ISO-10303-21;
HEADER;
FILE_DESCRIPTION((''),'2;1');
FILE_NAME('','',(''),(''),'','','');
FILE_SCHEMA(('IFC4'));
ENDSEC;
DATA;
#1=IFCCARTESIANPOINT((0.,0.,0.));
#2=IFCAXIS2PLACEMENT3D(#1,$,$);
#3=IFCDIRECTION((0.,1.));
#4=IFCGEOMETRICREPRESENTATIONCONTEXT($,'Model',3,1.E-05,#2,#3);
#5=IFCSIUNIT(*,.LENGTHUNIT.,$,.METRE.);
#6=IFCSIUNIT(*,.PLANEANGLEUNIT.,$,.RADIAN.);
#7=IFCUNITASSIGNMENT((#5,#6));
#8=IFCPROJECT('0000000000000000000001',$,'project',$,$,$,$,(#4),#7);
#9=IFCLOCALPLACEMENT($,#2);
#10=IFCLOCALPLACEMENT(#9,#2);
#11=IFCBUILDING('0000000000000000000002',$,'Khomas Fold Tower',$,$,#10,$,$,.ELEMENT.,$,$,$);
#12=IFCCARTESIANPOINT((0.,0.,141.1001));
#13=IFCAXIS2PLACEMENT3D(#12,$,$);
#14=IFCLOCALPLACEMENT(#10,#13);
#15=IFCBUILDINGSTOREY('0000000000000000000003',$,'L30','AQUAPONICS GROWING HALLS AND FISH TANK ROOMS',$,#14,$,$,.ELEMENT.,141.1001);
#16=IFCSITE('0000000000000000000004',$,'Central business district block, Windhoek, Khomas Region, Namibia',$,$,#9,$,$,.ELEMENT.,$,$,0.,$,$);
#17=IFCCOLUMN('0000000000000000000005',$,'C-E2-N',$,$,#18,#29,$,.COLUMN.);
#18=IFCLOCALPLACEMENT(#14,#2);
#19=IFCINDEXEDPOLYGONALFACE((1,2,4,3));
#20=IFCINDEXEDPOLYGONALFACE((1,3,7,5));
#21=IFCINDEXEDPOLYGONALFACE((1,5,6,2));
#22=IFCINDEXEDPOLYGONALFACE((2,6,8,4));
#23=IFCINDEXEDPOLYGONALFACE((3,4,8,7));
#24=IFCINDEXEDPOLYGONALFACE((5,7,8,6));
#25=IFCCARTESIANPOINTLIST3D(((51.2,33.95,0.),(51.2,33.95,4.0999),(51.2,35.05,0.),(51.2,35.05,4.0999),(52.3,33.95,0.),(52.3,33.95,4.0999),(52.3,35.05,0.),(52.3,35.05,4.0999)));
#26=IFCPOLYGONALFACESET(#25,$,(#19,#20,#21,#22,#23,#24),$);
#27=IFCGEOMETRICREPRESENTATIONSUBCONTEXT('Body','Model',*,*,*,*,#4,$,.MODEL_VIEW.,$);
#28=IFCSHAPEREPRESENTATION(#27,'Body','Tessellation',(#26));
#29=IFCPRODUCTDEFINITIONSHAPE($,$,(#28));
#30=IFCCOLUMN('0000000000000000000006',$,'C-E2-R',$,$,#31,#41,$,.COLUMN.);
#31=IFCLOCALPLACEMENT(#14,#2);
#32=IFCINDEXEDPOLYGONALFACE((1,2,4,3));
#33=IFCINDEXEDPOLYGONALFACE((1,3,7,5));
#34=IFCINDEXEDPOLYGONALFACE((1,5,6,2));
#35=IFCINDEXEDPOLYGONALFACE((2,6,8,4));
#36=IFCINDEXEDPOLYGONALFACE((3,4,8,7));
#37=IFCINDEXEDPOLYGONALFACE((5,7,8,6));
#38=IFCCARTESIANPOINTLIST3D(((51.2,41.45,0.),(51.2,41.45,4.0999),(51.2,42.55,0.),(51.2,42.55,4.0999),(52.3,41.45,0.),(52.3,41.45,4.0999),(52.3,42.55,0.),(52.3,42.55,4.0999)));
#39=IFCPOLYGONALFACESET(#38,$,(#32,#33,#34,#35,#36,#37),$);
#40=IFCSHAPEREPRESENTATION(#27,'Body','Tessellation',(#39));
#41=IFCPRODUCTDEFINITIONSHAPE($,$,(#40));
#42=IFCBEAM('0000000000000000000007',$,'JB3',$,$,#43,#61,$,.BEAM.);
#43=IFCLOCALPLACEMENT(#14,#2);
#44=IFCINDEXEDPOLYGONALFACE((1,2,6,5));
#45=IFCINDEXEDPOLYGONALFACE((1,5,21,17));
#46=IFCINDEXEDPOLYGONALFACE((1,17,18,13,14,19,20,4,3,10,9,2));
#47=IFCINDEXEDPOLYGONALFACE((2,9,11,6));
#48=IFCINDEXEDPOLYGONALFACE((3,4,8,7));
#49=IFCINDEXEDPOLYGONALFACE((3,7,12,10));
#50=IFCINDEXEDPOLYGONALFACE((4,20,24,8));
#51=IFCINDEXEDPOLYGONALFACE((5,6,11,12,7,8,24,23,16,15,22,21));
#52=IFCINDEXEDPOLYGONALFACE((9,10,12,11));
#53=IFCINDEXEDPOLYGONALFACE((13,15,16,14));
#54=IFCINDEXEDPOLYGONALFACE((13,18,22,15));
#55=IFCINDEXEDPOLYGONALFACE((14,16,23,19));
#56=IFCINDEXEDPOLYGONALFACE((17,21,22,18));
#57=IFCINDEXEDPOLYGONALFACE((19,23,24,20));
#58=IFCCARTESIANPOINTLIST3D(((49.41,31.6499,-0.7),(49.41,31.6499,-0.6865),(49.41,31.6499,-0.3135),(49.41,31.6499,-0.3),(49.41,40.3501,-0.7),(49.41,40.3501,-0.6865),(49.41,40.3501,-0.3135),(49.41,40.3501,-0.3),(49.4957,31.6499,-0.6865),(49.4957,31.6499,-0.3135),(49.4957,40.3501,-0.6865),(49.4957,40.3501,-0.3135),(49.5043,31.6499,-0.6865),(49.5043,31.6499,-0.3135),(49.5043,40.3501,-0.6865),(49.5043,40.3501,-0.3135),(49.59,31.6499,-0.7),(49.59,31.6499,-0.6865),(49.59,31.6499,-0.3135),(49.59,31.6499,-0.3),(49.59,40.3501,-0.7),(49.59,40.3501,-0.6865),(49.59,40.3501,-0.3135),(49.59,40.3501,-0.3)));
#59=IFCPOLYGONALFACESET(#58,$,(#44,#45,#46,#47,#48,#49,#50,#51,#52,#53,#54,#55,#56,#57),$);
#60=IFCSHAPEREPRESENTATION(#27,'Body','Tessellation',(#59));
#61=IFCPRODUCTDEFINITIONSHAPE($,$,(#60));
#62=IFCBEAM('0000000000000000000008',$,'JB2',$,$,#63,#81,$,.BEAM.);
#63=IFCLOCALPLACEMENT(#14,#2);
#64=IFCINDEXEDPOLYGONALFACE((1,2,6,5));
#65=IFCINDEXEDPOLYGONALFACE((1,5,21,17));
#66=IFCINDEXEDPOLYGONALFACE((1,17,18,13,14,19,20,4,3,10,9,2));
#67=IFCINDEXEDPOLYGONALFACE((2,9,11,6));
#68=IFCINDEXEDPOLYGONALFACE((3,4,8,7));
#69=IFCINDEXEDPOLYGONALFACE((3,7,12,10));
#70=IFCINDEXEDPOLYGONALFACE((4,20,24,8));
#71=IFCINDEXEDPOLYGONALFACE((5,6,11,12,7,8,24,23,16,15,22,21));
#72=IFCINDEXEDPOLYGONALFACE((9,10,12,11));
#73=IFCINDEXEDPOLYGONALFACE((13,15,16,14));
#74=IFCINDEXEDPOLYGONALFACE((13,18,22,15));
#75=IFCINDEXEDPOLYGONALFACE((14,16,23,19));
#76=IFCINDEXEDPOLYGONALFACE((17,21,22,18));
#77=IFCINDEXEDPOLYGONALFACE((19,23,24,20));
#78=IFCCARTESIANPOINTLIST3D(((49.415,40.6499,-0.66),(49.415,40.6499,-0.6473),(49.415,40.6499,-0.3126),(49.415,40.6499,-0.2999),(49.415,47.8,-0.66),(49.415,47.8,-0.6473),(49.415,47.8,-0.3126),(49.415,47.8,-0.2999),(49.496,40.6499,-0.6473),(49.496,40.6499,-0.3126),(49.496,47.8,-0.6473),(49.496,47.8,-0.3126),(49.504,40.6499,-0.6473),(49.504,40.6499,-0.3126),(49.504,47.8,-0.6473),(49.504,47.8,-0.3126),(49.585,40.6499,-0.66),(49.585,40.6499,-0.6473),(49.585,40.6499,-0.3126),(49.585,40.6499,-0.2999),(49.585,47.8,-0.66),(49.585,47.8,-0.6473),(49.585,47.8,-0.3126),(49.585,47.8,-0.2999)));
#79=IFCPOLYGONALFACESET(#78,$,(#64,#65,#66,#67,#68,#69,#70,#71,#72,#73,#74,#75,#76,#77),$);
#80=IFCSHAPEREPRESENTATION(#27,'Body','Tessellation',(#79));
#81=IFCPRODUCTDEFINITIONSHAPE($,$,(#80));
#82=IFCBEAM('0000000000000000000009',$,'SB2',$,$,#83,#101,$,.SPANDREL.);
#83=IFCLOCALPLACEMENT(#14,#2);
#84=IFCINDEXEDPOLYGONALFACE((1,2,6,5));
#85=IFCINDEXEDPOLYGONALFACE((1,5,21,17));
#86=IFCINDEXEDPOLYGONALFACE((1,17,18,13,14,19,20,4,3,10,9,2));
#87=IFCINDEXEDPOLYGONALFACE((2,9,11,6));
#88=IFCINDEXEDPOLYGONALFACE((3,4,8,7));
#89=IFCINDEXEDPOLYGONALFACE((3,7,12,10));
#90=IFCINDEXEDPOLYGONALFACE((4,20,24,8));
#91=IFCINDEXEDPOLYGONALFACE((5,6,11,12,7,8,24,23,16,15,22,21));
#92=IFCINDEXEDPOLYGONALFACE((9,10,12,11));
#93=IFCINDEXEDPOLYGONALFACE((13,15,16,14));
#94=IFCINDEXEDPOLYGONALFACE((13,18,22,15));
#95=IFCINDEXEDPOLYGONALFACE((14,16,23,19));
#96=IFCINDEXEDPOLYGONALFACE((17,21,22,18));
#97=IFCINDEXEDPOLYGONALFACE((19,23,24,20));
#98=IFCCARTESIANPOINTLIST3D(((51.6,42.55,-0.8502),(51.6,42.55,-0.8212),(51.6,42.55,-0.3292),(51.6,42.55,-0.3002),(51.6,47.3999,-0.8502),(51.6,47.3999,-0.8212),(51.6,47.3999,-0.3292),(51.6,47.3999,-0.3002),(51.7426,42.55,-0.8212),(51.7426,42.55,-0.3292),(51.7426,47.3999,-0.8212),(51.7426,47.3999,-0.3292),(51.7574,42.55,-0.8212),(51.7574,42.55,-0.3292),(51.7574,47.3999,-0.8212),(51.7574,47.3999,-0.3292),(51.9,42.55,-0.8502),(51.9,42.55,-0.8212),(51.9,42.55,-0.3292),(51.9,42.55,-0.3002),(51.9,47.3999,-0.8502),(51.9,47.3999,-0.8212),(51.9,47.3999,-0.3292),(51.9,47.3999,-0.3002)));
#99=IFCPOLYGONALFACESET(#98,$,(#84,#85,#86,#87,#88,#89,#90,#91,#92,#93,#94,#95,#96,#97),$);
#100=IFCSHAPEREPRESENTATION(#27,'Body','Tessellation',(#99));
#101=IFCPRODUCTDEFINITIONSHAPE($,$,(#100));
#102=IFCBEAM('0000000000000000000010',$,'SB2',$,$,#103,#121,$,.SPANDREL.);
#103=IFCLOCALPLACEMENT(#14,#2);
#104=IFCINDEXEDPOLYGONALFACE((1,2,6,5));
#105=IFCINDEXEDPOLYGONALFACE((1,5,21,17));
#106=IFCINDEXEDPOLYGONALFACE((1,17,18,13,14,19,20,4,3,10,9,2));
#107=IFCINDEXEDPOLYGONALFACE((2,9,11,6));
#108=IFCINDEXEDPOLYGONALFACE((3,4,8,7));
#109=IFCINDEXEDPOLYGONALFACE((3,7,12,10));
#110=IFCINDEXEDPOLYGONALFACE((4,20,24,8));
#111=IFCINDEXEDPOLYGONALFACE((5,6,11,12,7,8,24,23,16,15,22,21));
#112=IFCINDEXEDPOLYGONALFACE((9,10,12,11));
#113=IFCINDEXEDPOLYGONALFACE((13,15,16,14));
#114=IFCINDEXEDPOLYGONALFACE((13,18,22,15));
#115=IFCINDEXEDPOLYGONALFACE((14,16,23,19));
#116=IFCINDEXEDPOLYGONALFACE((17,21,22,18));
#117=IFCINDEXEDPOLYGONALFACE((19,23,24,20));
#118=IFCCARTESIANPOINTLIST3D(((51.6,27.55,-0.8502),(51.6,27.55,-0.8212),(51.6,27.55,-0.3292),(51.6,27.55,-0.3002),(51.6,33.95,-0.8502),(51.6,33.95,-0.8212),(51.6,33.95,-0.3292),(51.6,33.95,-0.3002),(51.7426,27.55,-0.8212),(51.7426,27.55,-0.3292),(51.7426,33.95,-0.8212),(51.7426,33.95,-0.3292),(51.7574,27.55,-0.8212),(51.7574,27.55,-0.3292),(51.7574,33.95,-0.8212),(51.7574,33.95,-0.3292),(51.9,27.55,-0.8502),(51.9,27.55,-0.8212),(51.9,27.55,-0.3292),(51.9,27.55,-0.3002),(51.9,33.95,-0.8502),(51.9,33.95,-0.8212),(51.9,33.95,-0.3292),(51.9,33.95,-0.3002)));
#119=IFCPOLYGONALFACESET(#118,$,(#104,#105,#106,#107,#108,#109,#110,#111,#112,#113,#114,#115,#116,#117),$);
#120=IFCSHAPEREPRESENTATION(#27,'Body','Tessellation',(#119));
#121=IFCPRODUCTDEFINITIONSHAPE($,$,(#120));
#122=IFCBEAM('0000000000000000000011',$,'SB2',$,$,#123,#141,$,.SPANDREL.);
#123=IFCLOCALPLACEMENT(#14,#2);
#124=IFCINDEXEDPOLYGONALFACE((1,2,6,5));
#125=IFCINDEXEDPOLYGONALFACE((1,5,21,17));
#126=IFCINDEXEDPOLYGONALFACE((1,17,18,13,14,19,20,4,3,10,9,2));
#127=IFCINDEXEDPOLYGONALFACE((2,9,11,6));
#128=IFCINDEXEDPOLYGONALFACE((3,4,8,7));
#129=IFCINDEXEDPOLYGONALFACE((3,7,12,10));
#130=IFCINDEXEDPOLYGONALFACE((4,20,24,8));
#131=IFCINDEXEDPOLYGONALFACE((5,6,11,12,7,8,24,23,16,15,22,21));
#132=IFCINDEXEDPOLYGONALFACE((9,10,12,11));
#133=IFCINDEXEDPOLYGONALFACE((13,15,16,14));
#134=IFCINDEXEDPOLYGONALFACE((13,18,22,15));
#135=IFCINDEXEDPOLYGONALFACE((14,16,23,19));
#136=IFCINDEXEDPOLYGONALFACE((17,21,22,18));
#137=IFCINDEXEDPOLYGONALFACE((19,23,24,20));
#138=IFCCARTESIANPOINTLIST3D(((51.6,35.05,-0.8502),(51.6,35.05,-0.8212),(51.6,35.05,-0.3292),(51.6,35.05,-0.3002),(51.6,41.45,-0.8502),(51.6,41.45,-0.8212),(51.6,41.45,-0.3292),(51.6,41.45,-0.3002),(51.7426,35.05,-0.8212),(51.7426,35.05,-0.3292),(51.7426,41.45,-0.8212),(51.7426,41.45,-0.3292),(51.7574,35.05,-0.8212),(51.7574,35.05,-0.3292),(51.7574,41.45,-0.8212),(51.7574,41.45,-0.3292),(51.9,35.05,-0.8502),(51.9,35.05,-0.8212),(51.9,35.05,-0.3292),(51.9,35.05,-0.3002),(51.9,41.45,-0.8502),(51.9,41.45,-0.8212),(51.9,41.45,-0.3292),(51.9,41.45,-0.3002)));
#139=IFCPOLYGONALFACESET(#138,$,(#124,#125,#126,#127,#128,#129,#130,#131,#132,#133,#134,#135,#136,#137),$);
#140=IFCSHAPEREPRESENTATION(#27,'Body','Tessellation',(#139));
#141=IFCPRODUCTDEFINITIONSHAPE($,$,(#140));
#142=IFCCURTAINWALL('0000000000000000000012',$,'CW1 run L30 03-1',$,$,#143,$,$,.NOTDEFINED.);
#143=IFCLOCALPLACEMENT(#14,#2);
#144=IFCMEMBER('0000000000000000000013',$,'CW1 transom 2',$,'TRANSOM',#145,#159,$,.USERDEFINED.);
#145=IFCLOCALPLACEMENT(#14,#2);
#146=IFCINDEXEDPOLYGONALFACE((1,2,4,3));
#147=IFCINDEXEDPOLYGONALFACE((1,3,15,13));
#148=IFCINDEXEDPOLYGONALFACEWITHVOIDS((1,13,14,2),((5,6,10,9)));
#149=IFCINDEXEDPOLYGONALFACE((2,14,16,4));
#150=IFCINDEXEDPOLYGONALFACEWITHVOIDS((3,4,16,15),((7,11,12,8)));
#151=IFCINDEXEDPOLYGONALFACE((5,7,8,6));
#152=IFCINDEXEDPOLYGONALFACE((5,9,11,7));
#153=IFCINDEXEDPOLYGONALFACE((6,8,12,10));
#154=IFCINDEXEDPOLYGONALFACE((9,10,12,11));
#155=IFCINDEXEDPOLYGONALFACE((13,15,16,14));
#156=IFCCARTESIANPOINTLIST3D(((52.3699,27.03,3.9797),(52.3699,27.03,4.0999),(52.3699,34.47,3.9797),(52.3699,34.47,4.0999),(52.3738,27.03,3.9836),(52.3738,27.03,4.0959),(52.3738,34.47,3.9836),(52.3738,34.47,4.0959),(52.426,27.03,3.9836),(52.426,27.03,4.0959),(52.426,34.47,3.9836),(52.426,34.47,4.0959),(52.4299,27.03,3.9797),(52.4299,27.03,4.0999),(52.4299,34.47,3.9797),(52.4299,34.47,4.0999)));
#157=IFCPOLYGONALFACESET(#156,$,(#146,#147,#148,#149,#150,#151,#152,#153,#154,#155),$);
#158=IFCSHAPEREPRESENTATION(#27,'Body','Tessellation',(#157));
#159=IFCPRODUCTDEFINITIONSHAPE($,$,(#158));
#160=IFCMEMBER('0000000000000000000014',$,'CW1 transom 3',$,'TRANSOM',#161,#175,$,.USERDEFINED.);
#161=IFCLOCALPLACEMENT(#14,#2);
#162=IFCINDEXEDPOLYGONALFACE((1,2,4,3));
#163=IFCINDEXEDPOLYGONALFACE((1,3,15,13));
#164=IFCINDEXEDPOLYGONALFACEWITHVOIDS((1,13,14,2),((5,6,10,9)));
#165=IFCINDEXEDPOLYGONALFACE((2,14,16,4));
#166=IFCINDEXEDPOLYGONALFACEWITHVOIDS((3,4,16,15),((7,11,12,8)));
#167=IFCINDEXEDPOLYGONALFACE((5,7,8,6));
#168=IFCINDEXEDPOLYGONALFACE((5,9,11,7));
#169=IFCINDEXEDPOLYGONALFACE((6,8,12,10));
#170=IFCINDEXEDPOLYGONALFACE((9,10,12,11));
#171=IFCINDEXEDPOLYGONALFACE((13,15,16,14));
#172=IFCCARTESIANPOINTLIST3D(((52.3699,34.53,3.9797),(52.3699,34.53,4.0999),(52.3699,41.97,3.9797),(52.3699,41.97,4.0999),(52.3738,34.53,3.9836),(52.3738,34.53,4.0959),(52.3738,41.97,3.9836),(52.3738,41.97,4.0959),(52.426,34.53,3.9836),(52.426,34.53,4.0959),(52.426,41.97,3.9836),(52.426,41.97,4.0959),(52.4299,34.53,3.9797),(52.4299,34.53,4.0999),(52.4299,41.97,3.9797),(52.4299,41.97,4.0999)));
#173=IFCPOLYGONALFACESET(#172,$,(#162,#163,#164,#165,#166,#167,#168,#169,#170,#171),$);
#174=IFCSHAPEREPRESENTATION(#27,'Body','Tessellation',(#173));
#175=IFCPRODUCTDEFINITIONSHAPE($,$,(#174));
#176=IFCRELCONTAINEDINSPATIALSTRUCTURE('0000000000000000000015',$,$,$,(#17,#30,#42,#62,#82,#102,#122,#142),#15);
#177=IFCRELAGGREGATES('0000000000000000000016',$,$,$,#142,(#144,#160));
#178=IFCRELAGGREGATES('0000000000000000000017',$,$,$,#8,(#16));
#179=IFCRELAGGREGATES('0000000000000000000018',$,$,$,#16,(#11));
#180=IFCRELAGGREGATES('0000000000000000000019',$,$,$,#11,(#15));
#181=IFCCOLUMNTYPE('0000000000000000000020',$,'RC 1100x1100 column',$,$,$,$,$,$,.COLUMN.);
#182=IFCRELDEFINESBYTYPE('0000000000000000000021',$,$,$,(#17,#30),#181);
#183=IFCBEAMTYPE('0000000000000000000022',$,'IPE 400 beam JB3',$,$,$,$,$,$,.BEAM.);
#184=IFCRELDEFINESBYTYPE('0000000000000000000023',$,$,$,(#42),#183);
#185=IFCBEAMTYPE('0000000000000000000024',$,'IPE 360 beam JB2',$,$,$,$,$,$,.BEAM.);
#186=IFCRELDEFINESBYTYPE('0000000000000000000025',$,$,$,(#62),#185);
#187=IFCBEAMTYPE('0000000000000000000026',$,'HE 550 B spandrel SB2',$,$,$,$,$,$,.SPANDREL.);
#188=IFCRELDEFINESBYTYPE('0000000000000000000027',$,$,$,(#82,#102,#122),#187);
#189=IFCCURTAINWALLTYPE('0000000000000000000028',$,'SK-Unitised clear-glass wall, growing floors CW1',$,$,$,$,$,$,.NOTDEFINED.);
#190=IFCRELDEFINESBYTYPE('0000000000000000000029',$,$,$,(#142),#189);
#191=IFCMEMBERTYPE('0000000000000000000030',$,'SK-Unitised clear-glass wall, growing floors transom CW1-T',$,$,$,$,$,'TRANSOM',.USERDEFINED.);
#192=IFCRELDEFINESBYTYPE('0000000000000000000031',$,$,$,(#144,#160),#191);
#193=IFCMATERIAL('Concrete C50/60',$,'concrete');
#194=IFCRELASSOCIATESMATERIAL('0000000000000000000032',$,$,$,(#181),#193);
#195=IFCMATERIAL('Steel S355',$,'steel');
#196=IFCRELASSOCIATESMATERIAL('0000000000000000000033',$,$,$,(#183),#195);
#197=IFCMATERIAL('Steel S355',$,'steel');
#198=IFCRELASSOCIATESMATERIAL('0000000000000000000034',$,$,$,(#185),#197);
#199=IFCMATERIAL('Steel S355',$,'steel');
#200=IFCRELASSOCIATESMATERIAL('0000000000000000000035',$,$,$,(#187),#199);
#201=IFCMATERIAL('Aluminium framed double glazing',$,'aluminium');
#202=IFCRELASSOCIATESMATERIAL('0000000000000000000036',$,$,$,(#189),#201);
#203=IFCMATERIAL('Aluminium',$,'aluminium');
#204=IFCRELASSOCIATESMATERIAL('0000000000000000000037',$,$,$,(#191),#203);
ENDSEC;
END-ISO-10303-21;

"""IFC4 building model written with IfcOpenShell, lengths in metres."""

from ifc_helpers import new_model, si_unit, direction, frame, origin, origin_2d, place, context, subcontext, project, spatial, rectangle, hollow_rectangle, i_section, extrude, source, transform, mapped, material, material_profile, profile_set, type_object, element, aggregate, save


model = new_model("IFC4")

# Units and contexts
model_context = context("Model", 3, precision=1e-05, world=origin(), true_north=direction((0.0, 1.0)))
body_context = subcontext(model_context, "Body", "Model", "MODEL_VIEW")
ifc_project = project(units=[si_unit("LENGTHUNIT", "METRE"), si_unit("PLANEANGLEUNIT", "RADIAN")], contexts=[model_context])

# Site, building, storey
site_placement = place(None, origin())
site = spatial("IfcSite", under=ifc_project, at=site_placement, Name="Central business district block, Windhoek, Khomas Region, Namibia", CompositionType="ELEMENT", RefElevation=0.0)
building_placement = place(site_placement, origin())
building = spatial("IfcBuilding", under=site, at=building_placement, Name="Khomas Fold Tower", CompositionType="ELEMENT")
storey_placement = place(building_placement, frame((0.0, 0.0, 141.1001)))
storey = spatial("IfcBuildingStorey", under=building, at=storey_placement, Name="L30", Description="AQUAPONICS GROWING HALLS AND FISH TANK ROOMS", CompositionType="ELEMENT", Elevation=141.1001)

# Columns
ifc_material_1 = material(Name="Concrete C50/60", Category="concrete")
ifc_material_profile_1 = material_profile(ifc_material_1, rectangle(XDim=1.1001, YDim=1.1001, at=origin_2d()), Name="RC 1100x1100")
ifc_profile_set_1 = profile_set([ifc_material_profile_1], Name="Concrete C50/60")
column_type = type_object("IfcColumnType", Name="RC 1100x1100 column", PredefinedType="COLUMN", material=ifc_profile_set_1)
shared_shape_1 = source(origin(), body_context, "Body", "SweptSolid", [
    extrude(rectangle(XDim=1.1001, YDim=1.1001, at=origin_2d()), origin(), (0.0, 0.0, 1.0), 4.0999),
])
for number, where, z_axis, x_axis, name in (
    (1, (51.75, 34.5, 0.0), (0.0, 0.0, 1.0), (1.0, 0.0, 0.0), "C-E2-N"),
    (2, (51.75, 42.0, 0.0), (0.0, 0.0, 1.0), (1.0, 0.0, 0.0), "C-E2-R"),
):
    element("IfcColumn", number, at=place(storey_placement, frame(where, z_axis=z_axis, x_axis=x_axis)), inside=storey, type_object=column_type, Name=name, PredefinedType="COLUMN", context=body_context, shape_type="MappedRepresentation", body=[
        mapped(shared_shape_1, transform((0.0, 0.0, 0.0))),
    ])

# Beams
ifc_material_2 = material(Name="Steel S355", Category="steel")
ifc_material_profile_2 = material_profile(ifc_material_2, i_section(OverallWidth=0.1799, OverallDepth=0.3999, WebThickness=0.0085, FlangeThickness=0.0134, at=origin_2d()), Name="IPE 400")
ifc_profile_set_2 = profile_set([ifc_material_profile_2], Name="Steel S355")
beam_type_1 = type_object("IfcBeamType", Name="IPE 400 beam JB3", PredefinedType="BEAM", material=ifc_profile_set_2)
shared_shape_2 = source(origin(), body_context, "Body", "SweptSolid", [
    extrude(i_section(OverallWidth=0.1799, OverallDepth=0.3999, WebThickness=0.0085, FlangeThickness=0.0134, at=origin_2d()), origin(), (0.0, 0.0, 1.0), 8.7002),
])
beam_1_placement = place(storey_placement, frame((49.5, 31.6499, -0.5), z_axis=(0.0, 1.0, 0.0), x_axis=(-1.0, 0.0, 0.0)))
element("IfcBeam", 3, at=beam_1_placement, inside=storey, type_object=beam_type_1, Name="JB3", PredefinedType="BEAM", context=body_context, shape_type="MappedRepresentation", body=[
    mapped(shared_shape_2, transform((0.0, 0.0, 0.0))),
])
ifc_material_3 = material(Name="Steel S355", Category="steel")
ifc_material_profile_3 = material_profile(ifc_material_3, i_section(OverallWidth=0.1699, OverallDepth=0.3601, WebThickness=0.0081, FlangeThickness=0.0127, at=origin_2d()), Name="IPE 360")
ifc_profile_set_3 = profile_set([ifc_material_profile_3], Name="Steel S355")
beam_type_2 = type_object("IfcBeamType", Name="IPE 360 beam JB2", PredefinedType="BEAM", material=ifc_profile_set_3)
shared_shape_3 = source(origin(), body_context, "Body", "SweptSolid", [
    extrude(i_section(OverallWidth=0.1699, OverallDepth=0.3601, WebThickness=0.0081, FlangeThickness=0.0127, at=origin_2d()), origin(), (0.0, 0.0, 1.0), 7.1501),
])
beam_2_placement = place(storey_placement, frame((49.5, 40.6499, -0.48), z_axis=(0.0, 1.0, 0.0), x_axis=(-1.0, 0.0, 0.0)))
element("IfcBeam", 4, at=beam_2_placement, inside=storey, type_object=beam_type_2, Name="JB2", PredefinedType="BEAM", context=body_context, shape_type="MappedRepresentation", body=[
    mapped(shared_shape_3, transform((0.0, 0.0, 0.0))),
])
ifc_material_4 = material(Name="Steel S355", Category="steel")
ifc_material_profile_4 = material_profile(ifc_material_4, i_section(OverallWidth=0.3, OverallDepth=0.55, WebThickness=0.0149, FlangeThickness=0.0291, at=origin_2d()), Name="HE 550 B")
ifc_profile_set_4 = profile_set([ifc_material_profile_4], Name="Steel S355")
beam_type_3 = type_object("IfcBeamType", Name="HE 550 B spandrel SB2", PredefinedType="SPANDREL", material=ifc_profile_set_4)
shared_shape_4 = source(origin(), body_context, "Body", "SweptSolid", [
    extrude(i_section(OverallWidth=0.3, OverallDepth=0.55, WebThickness=0.0149, FlangeThickness=0.0291, at=origin_2d()), origin(), (0.0, 0.0, 1.0), 4.8499),
])
beam_3_placement = place(storey_placement, frame((51.75, 42.55, -0.5752), z_axis=(0.0, 1.0, 0.0), x_axis=(-1.0, 0.0, 0.0)))
element("IfcBeam", 5, at=beam_3_placement, inside=storey, type_object=beam_type_3, Name="SB2", PredefinedType="SPANDREL", context=body_context, shape_type="MappedRepresentation", body=[
    mapped(shared_shape_4, transform((0.0, 0.0, 0.0))),
])
shared_shape_5 = source(origin(), body_context, "Body", "SweptSolid", [
    extrude(i_section(OverallWidth=0.3, OverallDepth=0.55, WebThickness=0.0149, FlangeThickness=0.0291, at=origin_2d()), origin(), (0.0, 0.0, 1.0), 6.3999),
])
for number, where, z_axis, x_axis, name in (
    (6, (51.75, 27.55, -0.5752), (0.0, 1.0, 0.0), (-1.0, 0.0, 0.0), "SB2"),
    (7, (51.75, 35.05, -0.5752), (0.0, 1.0, 0.0), (-1.0, 0.0, 0.0), "SB2"),
):
    element("IfcBeam", number, at=place(storey_placement, frame(where, z_axis=z_axis, x_axis=x_axis)), inside=storey, type_object=beam_type_3, Name=name, PredefinedType="SPANDREL", context=body_context, shape_type="MappedRepresentation", body=[
        mapped(shared_shape_5, transform((0.0, 0.0, 0.0))),
    ])

# Curtain wall, members
ifc_material_5 = material(Name="Aluminium framed double glazing", Category="aluminium")
curtain_wall_type = type_object("IfcCurtainWallType", Name="SK-Unitised clear-glass wall, growing floors CW1", PredefinedType="NOTDEFINED", material=ifc_material_5)
curtain_wall_placement = place(storey_placement, origin())
curtain_wall = element("IfcCurtainWall", 8, at=curtain_wall_placement, inside=storey, type_object=curtain_wall_type, Name="CW1 run L30 03-1", PredefinedType="NOTDEFINED")
ifc_material_6 = material(Name="Aluminium", Category="aluminium")
ifc_material_profile_5 = material_profile(ifc_material_6, hollow_rectangle(XDim=0.0601, YDim=0.1201, WallThickness=0.0039, at=origin_2d()), Name="SK-Unitised clear-glass wall, growing floors transom CW1-T")
ifc_profile_set_5 = profile_set([ifc_material_profile_5], Name="Aluminium")
member_type_1 = type_object("IfcMemberType", Name="SK-Unitised clear-glass wall, growing floors transom CW1-T", ElementType="TRANSOM", PredefinedType="USERDEFINED", material=ifc_profile_set_5)
shared_shape_6 = source(origin(), body_context, "Body", "SweptSolid", [
    extrude(hollow_rectangle(XDim=0.0601, YDim=0.1201, WallThickness=0.0039, at=origin_2d()), origin(), (0.0, 0.0, 1.0), 7.4399),
])
member_1_placement = place(storey_placement, frame((52.3999, 27.03, 4.0398), z_axis=(0.0, 1.0, 0.0), x_axis=(-1.0, 0.0, 0.0)))
member_1 = element("IfcMember", 9, at=member_1_placement, type_object=member_type_1, Name="CW1 transom 2", ObjectType="TRANSOM", PredefinedType="USERDEFINED", context=body_context, shape_type="MappedRepresentation", body=[
    mapped(shared_shape_6, transform((0.0, 0.0, 0.0))),
])
member_2_placement = place(storey_placement, frame((52.3999, 34.53, 4.0398), z_axis=(0.0, 1.0, 0.0), x_axis=(-1.0, 0.0, 0.0)))
member_2 = element("IfcMember", 10, at=member_2_placement, type_object=member_type_1, Name="CW1 transom 3", ObjectType="TRANSOM", PredefinedType="USERDEFINED", context=body_context, shape_type="MappedRepresentation", body=[
    mapped(shared_shape_6, transform((0.0, 0.0, 0.0))),
])

aggregate(curtain_wall, [member_1, member_2])

save(model, "model.ifc")
